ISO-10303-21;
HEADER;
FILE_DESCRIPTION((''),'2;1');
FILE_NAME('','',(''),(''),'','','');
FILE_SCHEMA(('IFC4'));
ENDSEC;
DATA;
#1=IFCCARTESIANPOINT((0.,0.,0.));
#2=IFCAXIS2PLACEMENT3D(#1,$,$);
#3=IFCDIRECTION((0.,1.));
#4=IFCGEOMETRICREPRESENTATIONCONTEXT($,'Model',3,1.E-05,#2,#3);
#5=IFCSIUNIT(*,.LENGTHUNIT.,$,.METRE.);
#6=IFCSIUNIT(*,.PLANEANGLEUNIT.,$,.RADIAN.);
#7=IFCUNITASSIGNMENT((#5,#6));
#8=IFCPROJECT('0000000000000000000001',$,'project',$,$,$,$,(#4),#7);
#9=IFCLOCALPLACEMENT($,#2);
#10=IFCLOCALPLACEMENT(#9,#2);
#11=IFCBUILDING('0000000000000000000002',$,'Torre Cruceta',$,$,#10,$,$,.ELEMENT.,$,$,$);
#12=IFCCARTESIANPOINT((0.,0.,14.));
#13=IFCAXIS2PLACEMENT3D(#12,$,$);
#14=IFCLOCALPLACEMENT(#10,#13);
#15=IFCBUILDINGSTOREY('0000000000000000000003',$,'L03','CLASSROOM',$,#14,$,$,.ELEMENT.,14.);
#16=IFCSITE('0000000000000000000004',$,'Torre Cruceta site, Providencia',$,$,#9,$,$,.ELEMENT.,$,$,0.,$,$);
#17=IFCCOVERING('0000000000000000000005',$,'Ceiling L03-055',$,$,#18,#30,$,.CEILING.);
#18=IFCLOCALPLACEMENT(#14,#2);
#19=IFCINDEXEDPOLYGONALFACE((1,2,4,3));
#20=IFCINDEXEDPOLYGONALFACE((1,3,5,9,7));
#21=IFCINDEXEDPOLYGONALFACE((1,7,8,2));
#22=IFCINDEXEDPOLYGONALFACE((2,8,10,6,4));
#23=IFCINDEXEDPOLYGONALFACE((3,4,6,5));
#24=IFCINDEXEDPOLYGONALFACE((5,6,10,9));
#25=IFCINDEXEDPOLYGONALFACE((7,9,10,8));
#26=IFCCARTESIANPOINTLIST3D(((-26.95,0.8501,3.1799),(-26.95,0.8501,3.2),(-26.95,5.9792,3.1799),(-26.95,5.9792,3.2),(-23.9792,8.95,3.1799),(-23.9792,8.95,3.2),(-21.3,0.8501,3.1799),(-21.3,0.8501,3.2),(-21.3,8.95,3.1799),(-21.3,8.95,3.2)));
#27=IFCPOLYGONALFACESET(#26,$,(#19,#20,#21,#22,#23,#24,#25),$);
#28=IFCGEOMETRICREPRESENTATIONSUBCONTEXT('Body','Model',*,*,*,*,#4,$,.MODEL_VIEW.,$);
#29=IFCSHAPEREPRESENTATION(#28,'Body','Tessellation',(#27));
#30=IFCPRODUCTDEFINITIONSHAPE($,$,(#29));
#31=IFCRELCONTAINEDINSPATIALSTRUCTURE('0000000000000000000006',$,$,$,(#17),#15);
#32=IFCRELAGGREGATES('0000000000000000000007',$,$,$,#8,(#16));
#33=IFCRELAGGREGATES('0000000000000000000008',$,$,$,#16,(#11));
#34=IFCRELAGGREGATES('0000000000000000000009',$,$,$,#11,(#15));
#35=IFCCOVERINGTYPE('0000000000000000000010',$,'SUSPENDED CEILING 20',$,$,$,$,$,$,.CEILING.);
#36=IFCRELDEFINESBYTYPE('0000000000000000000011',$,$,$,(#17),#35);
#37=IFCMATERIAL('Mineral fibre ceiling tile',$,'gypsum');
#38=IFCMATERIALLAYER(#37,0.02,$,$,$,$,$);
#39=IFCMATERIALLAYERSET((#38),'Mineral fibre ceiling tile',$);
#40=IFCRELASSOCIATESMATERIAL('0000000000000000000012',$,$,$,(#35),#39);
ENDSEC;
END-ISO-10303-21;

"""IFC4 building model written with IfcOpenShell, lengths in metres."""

from ifc_helpers import new_model, si_unit, direction, frame, origin, place, context, subcontext, project, spatial, polyline, outline, extrude, material, layer, layer_set, type_object, element, save


model = new_model("IFC4")

# Units and contexts
model_context = context("Model", 3, precision=1e-05, world=origin(), true_north=direction((0.0, 1.0)))
body_context = subcontext(model_context, "Body", "Model", "MODEL_VIEW")
ifc_project = project(units=[si_unit("LENGTHUNIT", "METRE"), si_unit("PLANEANGLEUNIT", "RADIAN")], contexts=[model_context])

# Site, building, storey
site_placement = place(None, origin())
site = spatial("IfcSite", under=ifc_project, at=site_placement, Name="Torre Cruceta site, Providencia", CompositionType="ELEMENT", RefElevation=0.0)
building_placement = place(site_placement, origin())
building = spatial("IfcBuilding", under=site, at=building_placement, Name="Torre Cruceta", CompositionType="ELEMENT")
storey_placement = place(building_placement, frame((0.0, 0.0, 14.0)))
storey = spatial("IfcBuildingStorey", under=building, at=storey_placement, Name="L03", Description="CLASSROOM", CompositionType="ELEMENT", Elevation=14.0)

# Covering
ifc_material_1 = material(Name="Mineral fibre ceiling tile", Category="gypsum")
ifc_layer_1 = layer(ifc_material_1, 0.02)
ifc_layer_set_1 = layer_set([ifc_layer_1], Name="Mineral fibre ceiling tile")
covering_type = type_object("IfcCoveringType", Name="SUSPENDED CEILING 20", PredefinedType="CEILING", material=ifc_layer_set_1)
covering_1_placement = place(storey_placement, frame((0.0, 0.0, 3.1799)))
element("IfcCovering", 1, at=covering_1_placement, inside=storey, type_object=covering_type, Name="Ceiling L03-055", PredefinedType="CEILING", context=body_context, shape_type="SweptSolid", body=[
    extrude(outline(polyline([(-26.95, 5.9792), (-23.9792, 8.95), (-21.3, 8.95), (-21.3, 0.8501), (-26.95, 0.8501), (-26.95, 5.9792)])), origin(), (0.0, 0.0, 1.0), 0.02),
])

save(model, "model.ifc")
